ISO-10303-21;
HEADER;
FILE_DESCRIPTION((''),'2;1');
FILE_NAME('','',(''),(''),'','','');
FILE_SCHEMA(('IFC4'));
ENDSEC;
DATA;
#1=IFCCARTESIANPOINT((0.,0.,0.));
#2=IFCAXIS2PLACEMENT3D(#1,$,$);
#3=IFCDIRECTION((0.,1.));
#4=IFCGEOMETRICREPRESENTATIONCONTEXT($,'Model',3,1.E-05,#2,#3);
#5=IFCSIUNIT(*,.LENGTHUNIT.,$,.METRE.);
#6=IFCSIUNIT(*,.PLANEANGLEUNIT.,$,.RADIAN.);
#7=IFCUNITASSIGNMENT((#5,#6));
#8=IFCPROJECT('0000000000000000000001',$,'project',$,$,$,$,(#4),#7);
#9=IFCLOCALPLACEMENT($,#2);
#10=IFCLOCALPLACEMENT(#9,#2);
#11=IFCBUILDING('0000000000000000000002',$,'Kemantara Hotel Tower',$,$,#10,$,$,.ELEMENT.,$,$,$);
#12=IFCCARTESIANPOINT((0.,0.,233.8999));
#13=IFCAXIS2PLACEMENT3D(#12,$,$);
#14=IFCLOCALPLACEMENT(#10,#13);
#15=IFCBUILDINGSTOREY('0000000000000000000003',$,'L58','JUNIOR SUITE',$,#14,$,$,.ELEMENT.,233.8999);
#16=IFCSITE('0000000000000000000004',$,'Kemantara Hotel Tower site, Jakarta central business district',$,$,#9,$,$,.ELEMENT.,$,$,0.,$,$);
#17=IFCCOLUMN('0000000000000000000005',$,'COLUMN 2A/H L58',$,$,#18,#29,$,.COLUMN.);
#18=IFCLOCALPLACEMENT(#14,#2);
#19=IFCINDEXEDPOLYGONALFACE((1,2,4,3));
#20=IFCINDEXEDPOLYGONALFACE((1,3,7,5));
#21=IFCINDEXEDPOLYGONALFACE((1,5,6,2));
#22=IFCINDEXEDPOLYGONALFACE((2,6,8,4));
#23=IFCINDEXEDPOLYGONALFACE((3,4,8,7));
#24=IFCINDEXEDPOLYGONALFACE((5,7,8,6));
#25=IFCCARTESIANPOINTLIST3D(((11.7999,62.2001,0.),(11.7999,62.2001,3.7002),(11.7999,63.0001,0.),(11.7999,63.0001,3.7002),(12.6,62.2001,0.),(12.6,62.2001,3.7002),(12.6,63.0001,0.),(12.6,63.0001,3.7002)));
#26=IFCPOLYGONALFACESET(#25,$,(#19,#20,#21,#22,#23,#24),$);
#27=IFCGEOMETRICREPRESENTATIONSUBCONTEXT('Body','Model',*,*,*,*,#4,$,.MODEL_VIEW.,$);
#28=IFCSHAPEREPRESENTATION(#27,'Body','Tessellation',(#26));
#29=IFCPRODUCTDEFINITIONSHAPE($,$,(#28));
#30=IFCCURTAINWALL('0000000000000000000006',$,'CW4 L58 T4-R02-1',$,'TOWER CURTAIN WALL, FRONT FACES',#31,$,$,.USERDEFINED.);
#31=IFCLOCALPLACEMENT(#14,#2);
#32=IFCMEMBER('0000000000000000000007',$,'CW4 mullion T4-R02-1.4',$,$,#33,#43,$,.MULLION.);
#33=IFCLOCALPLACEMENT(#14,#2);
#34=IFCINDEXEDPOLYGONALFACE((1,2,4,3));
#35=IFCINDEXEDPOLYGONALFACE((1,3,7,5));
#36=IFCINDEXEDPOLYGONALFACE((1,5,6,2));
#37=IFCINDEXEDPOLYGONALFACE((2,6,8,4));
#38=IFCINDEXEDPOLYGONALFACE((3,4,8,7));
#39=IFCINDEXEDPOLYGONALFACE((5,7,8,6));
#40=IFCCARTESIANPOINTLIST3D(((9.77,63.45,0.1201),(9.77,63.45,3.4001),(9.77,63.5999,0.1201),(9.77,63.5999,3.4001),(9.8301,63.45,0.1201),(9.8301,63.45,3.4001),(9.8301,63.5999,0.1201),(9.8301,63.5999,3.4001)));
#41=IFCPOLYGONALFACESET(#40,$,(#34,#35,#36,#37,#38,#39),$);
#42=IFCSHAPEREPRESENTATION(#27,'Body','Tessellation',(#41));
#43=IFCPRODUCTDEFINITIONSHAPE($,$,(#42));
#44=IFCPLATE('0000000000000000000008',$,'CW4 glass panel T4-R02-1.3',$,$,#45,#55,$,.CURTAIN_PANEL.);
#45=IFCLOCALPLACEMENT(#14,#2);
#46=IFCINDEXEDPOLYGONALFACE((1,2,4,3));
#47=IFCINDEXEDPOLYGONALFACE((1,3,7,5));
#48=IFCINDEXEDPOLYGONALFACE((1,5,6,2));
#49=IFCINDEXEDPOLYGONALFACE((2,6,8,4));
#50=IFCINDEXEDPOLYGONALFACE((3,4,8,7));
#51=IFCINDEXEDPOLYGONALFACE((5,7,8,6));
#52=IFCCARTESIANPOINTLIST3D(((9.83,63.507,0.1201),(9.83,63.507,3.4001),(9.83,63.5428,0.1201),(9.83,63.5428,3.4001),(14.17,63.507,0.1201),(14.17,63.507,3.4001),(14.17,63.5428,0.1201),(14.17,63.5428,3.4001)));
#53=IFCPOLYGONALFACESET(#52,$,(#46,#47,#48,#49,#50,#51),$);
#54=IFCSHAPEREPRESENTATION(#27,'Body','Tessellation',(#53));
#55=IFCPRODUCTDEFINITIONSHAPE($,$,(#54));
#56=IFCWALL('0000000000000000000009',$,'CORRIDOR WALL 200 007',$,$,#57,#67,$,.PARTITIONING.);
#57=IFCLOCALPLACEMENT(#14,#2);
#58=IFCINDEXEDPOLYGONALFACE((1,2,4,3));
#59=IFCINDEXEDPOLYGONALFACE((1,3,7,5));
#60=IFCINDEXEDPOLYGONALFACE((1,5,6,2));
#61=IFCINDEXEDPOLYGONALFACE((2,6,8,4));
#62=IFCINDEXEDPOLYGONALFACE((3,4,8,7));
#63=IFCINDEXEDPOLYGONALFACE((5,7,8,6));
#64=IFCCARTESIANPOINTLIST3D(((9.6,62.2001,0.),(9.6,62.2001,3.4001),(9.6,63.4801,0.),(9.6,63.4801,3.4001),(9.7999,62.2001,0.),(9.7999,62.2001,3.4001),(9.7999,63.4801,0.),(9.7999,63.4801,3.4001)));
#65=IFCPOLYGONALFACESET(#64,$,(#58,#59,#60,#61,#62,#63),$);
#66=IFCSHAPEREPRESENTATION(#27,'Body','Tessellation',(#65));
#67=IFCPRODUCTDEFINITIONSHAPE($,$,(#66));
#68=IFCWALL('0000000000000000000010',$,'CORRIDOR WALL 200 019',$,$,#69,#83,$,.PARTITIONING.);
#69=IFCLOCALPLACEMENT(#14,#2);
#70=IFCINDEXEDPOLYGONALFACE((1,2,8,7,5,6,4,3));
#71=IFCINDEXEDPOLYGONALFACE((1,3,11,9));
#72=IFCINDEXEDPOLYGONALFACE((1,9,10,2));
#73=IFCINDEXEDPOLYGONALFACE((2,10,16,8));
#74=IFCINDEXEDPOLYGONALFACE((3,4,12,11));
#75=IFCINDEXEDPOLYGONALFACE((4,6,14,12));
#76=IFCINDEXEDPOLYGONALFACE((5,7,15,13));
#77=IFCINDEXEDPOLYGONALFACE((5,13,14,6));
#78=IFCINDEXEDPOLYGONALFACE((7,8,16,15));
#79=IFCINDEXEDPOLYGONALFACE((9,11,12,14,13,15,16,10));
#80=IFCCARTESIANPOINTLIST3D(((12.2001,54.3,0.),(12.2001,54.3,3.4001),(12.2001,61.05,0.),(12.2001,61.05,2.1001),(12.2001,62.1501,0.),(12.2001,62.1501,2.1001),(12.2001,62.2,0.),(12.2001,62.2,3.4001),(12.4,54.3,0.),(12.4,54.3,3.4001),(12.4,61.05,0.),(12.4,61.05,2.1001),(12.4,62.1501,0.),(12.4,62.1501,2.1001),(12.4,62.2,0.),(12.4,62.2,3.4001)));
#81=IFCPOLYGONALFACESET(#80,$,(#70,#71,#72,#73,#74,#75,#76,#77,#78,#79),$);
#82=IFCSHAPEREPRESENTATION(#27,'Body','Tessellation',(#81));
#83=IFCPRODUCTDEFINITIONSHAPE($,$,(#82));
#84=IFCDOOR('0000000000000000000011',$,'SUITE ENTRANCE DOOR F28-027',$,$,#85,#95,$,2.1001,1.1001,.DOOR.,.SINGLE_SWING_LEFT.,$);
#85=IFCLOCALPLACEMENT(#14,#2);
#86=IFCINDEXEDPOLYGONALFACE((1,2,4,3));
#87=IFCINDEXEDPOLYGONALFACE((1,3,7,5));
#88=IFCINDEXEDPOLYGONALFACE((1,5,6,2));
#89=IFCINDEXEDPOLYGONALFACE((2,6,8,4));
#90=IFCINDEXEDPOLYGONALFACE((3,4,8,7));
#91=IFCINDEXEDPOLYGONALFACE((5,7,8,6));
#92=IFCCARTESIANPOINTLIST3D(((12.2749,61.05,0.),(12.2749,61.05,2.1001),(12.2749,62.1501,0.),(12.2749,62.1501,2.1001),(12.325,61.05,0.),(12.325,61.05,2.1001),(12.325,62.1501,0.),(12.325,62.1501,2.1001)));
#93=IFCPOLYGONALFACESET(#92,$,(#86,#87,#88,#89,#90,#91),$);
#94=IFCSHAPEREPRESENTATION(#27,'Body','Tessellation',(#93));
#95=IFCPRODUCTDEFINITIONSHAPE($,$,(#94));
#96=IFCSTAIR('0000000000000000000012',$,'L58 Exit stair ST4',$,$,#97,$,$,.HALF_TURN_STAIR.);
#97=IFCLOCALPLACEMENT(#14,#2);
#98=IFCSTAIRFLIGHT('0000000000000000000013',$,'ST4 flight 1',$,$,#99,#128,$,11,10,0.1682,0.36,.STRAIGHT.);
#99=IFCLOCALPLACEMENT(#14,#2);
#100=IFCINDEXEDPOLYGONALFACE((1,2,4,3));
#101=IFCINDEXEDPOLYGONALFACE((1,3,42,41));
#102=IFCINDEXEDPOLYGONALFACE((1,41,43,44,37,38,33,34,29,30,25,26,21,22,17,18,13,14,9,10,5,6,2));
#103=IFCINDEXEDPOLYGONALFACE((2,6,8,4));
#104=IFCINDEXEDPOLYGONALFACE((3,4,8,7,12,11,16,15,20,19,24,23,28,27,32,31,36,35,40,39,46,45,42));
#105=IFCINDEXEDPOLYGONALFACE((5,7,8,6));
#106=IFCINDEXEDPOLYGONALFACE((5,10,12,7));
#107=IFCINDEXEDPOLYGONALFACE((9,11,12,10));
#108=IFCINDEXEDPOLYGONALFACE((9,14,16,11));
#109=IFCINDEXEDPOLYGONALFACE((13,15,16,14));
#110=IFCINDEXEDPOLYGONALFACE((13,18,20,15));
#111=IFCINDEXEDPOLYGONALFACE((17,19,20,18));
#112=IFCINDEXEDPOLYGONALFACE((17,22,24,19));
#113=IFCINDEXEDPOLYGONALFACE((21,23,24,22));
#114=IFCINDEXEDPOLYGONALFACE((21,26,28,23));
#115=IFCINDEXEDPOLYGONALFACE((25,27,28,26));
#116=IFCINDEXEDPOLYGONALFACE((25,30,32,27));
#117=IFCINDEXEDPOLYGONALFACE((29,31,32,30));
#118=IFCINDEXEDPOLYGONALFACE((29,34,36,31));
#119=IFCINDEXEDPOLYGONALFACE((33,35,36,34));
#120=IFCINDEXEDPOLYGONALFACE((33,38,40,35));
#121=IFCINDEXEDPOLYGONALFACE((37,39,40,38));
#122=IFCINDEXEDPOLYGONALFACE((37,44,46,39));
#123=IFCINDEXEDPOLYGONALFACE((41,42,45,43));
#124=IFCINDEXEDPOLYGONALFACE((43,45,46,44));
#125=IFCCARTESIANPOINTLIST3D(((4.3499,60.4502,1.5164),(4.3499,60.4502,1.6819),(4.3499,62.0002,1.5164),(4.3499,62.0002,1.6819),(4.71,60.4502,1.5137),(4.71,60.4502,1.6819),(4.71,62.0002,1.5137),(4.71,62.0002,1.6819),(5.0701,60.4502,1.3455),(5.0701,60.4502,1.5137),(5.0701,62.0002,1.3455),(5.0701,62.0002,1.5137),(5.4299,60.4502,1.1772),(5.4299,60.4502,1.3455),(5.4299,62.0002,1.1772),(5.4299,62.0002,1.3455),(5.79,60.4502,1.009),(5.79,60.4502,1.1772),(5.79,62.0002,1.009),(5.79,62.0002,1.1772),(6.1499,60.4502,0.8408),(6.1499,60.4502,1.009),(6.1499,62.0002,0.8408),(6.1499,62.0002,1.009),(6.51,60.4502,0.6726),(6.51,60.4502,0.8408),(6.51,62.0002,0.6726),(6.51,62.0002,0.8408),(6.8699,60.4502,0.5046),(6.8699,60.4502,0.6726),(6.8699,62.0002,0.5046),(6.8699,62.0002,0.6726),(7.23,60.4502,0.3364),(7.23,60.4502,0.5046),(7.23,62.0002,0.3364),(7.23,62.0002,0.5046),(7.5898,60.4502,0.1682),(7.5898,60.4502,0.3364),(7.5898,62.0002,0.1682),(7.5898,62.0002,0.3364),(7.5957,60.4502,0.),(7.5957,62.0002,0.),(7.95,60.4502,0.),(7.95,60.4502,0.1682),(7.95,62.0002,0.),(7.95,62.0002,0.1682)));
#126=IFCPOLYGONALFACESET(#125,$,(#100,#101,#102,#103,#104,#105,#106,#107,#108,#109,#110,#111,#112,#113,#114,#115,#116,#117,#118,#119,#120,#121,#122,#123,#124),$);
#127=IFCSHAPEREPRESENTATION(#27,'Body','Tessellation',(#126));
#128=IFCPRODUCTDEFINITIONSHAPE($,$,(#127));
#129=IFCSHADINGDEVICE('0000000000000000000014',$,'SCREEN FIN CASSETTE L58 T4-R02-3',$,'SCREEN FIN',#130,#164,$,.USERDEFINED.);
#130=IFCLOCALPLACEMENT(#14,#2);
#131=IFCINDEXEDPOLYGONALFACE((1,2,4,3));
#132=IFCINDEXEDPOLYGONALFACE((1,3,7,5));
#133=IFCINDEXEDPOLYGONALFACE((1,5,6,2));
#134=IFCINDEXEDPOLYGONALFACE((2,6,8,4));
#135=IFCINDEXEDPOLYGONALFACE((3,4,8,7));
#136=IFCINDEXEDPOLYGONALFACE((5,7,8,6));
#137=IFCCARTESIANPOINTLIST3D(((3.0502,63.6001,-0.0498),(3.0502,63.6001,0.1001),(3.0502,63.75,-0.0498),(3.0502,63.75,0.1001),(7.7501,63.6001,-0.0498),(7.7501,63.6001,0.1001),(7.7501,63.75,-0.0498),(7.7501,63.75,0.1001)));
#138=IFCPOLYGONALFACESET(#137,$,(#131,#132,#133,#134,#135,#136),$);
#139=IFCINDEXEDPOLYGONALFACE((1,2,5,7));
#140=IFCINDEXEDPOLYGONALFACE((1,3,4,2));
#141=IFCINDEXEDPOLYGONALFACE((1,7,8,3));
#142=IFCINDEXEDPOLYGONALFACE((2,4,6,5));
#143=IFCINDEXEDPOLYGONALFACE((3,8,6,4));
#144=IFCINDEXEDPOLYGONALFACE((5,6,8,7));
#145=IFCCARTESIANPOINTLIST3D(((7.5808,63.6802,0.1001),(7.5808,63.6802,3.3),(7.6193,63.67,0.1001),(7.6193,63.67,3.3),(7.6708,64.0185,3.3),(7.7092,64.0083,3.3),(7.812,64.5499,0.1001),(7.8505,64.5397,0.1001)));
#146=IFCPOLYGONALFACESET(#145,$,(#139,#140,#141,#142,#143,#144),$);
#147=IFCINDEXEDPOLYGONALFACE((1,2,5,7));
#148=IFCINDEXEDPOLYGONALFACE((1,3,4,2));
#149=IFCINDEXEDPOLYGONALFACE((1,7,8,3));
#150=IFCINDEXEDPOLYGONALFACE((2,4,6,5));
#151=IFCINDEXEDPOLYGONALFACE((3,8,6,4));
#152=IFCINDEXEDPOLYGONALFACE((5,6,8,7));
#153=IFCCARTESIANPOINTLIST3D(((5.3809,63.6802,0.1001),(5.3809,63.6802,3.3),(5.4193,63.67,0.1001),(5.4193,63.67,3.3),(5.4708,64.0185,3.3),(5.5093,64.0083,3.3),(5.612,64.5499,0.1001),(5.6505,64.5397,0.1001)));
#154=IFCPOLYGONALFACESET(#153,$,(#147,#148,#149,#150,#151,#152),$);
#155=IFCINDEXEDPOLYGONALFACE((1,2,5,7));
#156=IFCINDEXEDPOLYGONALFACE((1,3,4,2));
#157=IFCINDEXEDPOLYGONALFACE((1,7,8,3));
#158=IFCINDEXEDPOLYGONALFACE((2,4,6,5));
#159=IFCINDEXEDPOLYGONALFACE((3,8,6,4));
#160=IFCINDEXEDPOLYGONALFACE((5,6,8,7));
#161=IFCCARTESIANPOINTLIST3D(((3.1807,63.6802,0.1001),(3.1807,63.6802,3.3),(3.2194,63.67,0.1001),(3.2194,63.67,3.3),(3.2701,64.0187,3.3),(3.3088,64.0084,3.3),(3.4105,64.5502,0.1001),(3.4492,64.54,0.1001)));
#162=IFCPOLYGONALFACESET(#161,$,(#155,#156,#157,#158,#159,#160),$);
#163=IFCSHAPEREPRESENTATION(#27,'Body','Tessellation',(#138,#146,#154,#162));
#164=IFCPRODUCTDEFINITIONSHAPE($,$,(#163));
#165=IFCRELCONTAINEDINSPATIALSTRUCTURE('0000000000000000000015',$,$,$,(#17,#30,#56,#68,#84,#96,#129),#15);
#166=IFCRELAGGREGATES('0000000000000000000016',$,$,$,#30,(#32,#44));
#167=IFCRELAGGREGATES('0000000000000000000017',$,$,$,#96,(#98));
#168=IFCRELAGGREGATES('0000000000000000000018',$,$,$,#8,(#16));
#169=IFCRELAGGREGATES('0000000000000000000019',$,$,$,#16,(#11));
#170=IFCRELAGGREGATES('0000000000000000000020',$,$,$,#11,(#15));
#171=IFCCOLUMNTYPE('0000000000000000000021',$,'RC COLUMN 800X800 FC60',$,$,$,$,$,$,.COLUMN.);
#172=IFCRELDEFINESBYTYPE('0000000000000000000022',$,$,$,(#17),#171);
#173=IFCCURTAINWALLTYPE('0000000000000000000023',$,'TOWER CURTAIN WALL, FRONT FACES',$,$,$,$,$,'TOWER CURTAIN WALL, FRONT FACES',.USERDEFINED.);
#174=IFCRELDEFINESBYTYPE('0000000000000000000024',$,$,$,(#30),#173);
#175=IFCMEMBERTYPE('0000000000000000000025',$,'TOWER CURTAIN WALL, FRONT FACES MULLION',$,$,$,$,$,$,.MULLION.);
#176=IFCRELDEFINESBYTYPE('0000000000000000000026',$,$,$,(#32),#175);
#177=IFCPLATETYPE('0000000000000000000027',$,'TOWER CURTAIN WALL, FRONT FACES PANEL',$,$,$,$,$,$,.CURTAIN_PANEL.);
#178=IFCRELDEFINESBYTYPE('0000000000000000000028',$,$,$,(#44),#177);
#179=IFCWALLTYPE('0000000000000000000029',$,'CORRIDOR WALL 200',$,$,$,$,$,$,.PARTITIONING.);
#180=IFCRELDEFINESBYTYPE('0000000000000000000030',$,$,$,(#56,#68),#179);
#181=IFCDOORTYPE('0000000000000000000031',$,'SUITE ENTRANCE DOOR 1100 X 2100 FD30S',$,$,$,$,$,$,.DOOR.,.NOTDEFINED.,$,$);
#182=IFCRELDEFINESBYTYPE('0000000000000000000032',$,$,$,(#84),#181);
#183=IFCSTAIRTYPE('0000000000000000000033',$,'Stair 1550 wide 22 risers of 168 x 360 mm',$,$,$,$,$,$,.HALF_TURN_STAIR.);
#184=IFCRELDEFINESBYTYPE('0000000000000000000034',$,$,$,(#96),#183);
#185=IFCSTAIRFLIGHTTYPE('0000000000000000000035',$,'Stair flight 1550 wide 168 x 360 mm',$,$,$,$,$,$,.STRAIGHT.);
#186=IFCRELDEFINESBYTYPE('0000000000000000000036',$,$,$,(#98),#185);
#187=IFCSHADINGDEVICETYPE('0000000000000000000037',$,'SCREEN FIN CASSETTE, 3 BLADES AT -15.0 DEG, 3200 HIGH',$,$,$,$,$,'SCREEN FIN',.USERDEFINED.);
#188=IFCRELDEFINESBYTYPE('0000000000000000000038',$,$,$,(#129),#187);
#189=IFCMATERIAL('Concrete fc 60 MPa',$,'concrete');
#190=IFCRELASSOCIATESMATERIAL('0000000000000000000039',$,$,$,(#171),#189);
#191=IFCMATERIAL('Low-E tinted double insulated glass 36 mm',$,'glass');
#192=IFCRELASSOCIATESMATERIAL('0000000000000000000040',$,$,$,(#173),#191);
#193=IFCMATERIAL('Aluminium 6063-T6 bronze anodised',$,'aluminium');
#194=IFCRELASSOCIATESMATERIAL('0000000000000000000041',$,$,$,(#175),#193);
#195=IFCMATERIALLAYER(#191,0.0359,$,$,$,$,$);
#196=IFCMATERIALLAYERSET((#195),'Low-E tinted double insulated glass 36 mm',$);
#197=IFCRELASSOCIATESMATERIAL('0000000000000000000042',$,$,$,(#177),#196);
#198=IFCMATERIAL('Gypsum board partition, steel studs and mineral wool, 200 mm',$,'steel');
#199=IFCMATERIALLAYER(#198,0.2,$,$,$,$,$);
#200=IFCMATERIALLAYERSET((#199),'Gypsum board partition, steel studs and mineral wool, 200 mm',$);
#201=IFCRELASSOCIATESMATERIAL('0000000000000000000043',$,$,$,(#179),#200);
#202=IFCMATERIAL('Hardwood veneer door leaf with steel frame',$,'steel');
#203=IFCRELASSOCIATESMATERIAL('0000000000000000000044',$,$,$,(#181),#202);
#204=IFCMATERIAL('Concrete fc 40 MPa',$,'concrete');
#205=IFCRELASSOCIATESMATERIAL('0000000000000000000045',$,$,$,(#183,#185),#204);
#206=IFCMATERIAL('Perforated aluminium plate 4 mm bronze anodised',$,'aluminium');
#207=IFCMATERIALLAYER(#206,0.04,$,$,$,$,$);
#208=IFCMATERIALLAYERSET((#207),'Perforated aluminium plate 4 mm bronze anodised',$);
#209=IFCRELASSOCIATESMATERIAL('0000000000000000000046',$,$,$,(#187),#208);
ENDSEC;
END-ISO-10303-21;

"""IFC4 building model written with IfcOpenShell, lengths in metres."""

from ifc_helpers import new_model, si_unit, direction, frame, frame_2d, origin, origin_2d, place, context, subcontext, project, spatial, polyline, rectangle, outline, extrude, source, transform, mapped, material, layer, layer_set, material_profile, profile_set, type_object, element, fill, aggregate, save


model = new_model("IFC4")

# Units and contexts
model_context = context("Model", 3, precision=1e-05, world=origin(), true_north=direction((0.0, 1.0)))
body_context = subcontext(model_context, "Body", "Model", "MODEL_VIEW")
ifc_project = project(units=[si_unit("LENGTHUNIT", "METRE"), si_unit("PLANEANGLEUNIT", "RADIAN")], contexts=[model_context])

# Site, building, storey
site_placement = place(None, origin())
site = spatial("IfcSite", under=ifc_project, at=site_placement, Name="Kemantara Hotel Tower site, Jakarta central business district", CompositionType="ELEMENT", RefElevation=0.0)
building_placement = place(site_placement, origin())
building = spatial("IfcBuilding", under=site, at=building_placement, Name="Kemantara Hotel Tower", CompositionType="ELEMENT")
storey_placement = place(building_placement, frame((0.0, 0.0, 233.8999)))
storey = spatial("IfcBuildingStorey", under=building, at=storey_placement, Name="L58", Description="JUNIOR SUITE", CompositionType="ELEMENT", Elevation=233.8999)

# Column
ifc_material_1 = material(Name="Concrete fc 60 MPa", Category="concrete")
ifc_material_profile_1 = material_profile(ifc_material_1, rectangle(XDim=0.8, YDim=0.8, at=origin_2d()), Name="RC 800X800")
ifc_profile_set_1 = profile_set([ifc_material_profile_1], Name="Concrete fc 60 MPa")
column_type = type_object("IfcColumnType", Name="RC COLUMN 800X800 FC60", PredefinedType="COLUMN", material=ifc_profile_set_1)
column_placement = place(storey_placement, frame((12.2, 62.6001, 0.0), z_axis=(0.0, 0.0, 1.0), x_axis=(1.0, 0.0, 0.0)))
element("IfcColumn", 1, at=column_placement, inside=storey, type_object=column_type, Name="COLUMN 2A/H L58", PredefinedType="COLUMN", context=body_context, shape_type="SweptSolid", body=[
    extrude(rectangle(XDim=0.8, YDim=0.8, at=origin_2d()), origin(), (0.0, 0.0, 1.0), 3.7002),
])

# Curtain wall, member, plate
ifc_material_2 = material(Name="Low-E tinted double insulated glass 36 mm", Category="glass")
curtain_wall_type = type_object("IfcCurtainWallType", Name="TOWER CURTAIN WALL, FRONT FACES", ElementType="TOWER CURTAIN WALL, FRONT FACES", PredefinedType="USERDEFINED", material=ifc_material_2)
curtain_wall_placement = place(storey_placement, origin())
curtain_wall = element("IfcCurtainWall", 2, at=curtain_wall_placement, inside=storey, type_object=curtain_wall_type, Name="CW4 L58 T4-R02-1", ObjectType="TOWER CURTAIN WALL, FRONT FACES", PredefinedType="USERDEFINED")
ifc_material_3 = material(Name="Aluminium 6063-T6 bronze anodised", Category="aluminium")
ifc_material_profile_2 = material_profile(ifc_material_3, rectangle(XDim=0.1499, YDim=0.0601, at=origin_2d()), Name="TOWER CURTAIN WALL, FRONT FACES MULLION")
ifc_profile_set_2 = profile_set([ifc_material_profile_2], Name="Aluminium 6063-T6 bronze anodised")
member_type = type_object("IfcMemberType", Name="TOWER CURTAIN WALL, FRONT FACES MULLION", PredefinedType="MULLION", material=ifc_profile_set_2)
shared_shape_1 = source(origin(), body_context, "Body", "SweptSolid", [
    extrude(rectangle(XDim=0.1499, YDim=0.0601, at=origin_2d()), origin(), (0.0, 0.0, 1.0), 3.28),
])
member_placement = place(storey_placement, frame((9.8, 63.5249, 0.1201), z_axis=(0.0, 0.0, 1.0), x_axis=(0.0, -1.0, 0.0)))
member = element("IfcMember", 3, at=member_placement, type_object=member_type, Name="CW4 mullion T4-R02-1.4", PredefinedType="MULLION", context=body_context, shape_type="MappedRepresentation", body=[
    mapped(shared_shape_1, transform((0.0, 0.0, 0.0))),
])
ifc_layer_1 = layer(ifc_material_2, 0.0359)
ifc_layer_set_1 = layer_set([ifc_layer_1], Name="Low-E tinted double insulated glass 36 mm")
plate_type = type_object("IfcPlateType", Name="TOWER CURTAIN WALL, FRONT FACES PANEL", PredefinedType="CURTAIN_PANEL", material=ifc_layer_set_1)
shared_shape_2 = source(origin(), body_context, "Body", "SweptSolid", [
    extrude(rectangle(XDim=4.3401, YDim=0.0359, at=origin_2d()), origin(), (0.0, 0.0, 1.0), 3.28),
])
plate_placement = place(storey_placement, frame((12.0, 63.5249, 0.1201), z_axis=(0.0, 0.0, 1.0), x_axis=(-1.0, 0.0, 0.0)))
plate = element("IfcPlate", 4, at=plate_placement, type_object=plate_type, Name="CW4 glass panel T4-R02-1.3", PredefinedType="CURTAIN_PANEL", context=body_context, shape_type="MappedRepresentation", body=[
    mapped(shared_shape_2, transform((0.0, 0.0, 0.0))),
])
aggregate(curtain_wall, [member, plate])

# Wall
ifc_material_4 = material(Name="Gypsum board partition, steel studs and mineral wool, 200 mm", Category="steel")
ifc_layer_2 = layer(ifc_material_4, 0.2)
ifc_layer_set_2 = layer_set([ifc_layer_2], Name="Gypsum board partition, steel studs and mineral wool, 200 mm")
wall_type = type_object("IfcWallType", Name="CORRIDOR WALL 200", PredefinedType="PARTITIONING", material=ifc_layer_set_2)
wall_1_placement = place(storey_placement, frame((9.7, 62.2, 0.0), z_axis=(0.0, 0.0, 1.0), x_axis=(0.0, 1.0, 0.0)))
element("IfcWall", 5, at=wall_1_placement, inside=storey, type_object=wall_type, Name="CORRIDOR WALL 200 007", PredefinedType="PARTITIONING", context=body_context, shape_type="SweptSolid", body=[
    extrude(rectangle(XDim=1.28, YDim=0.2, at=frame_2d((0.6401, 0.0))), origin(), (0.0, 0.0, 1.0), 3.4001),
])

# Wall, opening, door
wall_2_placement = place(storey_placement, frame((12.3, 62.2, 0.0), z_axis=(0.0, 0.0, 1.0), x_axis=(0.0, -1.0, 0.0)))
wall_2 = element("IfcWall", 6, at=wall_2_placement, inside=storey, type_object=wall_type, Name="CORRIDOR WALL 200 019", PredefinedType="PARTITIONING", context=body_context, shape_type="SweptSolid", body=[
    extrude(rectangle(XDim=7.8999, YDim=0.2, at=frame_2d((3.95, 0.0))), origin(), (0.0, 0.0, 1.0), 3.4001),
])
opening_placement = place(wall_2_placement, frame((0.0498, 0.0, 0.0)))
opening = element("IfcOpeningElement", 7, at=opening_placement, cuts=wall_2, PredefinedType="OPENING", context=body_context, shape_type="SweptSolid", body=[
    extrude(rectangle(XDim=1.1001, YDim=2.1001, at=frame_2d((0.55, 1.05))), frame((0.0, 0.1099, 0.0), z_axis=(0.0, -1.0, 0.0), x_axis=(1.0, 0.0, 0.0)), (0.0, 0.0, 1.0), 0.22),
])
ifc_material_5 = material(Name="Hardwood veneer door leaf with steel frame", Category="steel")
door_type = type_object("IfcDoorType", Name="SUITE ENTRANCE DOOR 1100 X 2100 FD30S", OperationType="NOTDEFINED", PredefinedType="DOOR", material=ifc_material_5)
door_placement = place(opening_placement, origin())
door = element("IfcDoor", 8, at=door_placement, inside=storey, type_object=door_type, Name="SUITE ENTRANCE DOOR F28-027", OperationType="SINGLE_SWING_LEFT", OverallHeight=2.1001, OverallWidth=1.1001, PredefinedType="DOOR", context=body_context, shape_type="SweptSolid", body=[
    extrude(rectangle(XDim=1.1001, YDim=2.1001, at=frame_2d((0.55, 1.05))), frame((0.0, 0.0249, 0.0), z_axis=(0.0, -1.0, 0.0), x_axis=(1.0, 0.0, 0.0)), (0.0, 0.0, 1.0), 0.05),
])
fill(opening, door)

# Stair, stair flight
ifc_material_6 = material(Name="Concrete fc 40 MPa", Category="concrete")
stair_type = type_object("IfcStairType", Name="Stair 1550 wide 22 risers of 168 x 360 mm", PredefinedType="HALF_TURN_STAIR", material=ifc_material_6)
stair_placement = place(storey_placement, origin())
stair = element("IfcStair", 9, at=stair_placement, inside=storey, type_object=stair_type, Name="L58 Exit stair ST4", PredefinedType="HALF_TURN_STAIR")
stair_flight_type = type_object("IfcStairFlightType", Name="Stair flight 1550 wide 168 x 360 mm", PredefinedType="STRAIGHT", material=ifc_material_6)
stair_flight_placement = place(storey_placement, frame((7.95, 61.2251, 0.0), z_axis=(0.0, 0.0, 1.0), x_axis=(-1.0, 0.0, 0.0)))
stair_flight = element("IfcStairFlight", 10, at=stair_flight_placement, type_object=stair_flight_type, Name="ST4 flight 1", NumberOfRisers=11, NumberOfTreads=10, PredefinedType="STRAIGHT", RiserHeight=0.1682, TreadLength=0.36, context=body_context, shape_type="SweptSolid", body=[
    extrude(outline(polyline([(0.0, 0.0), (0.0, 0.1682), (0.3601, 0.1682), (0.3601, 0.3364), (0.72, 0.3364), (0.72, 0.5046), (1.0801, 0.5046), (1.0801, 0.6726), (1.4399, 0.6726), (1.4399, 0.8408), (1.8, 0.8408), (1.8, 1.009), (2.1599, 1.009), (2.1599, 1.1772), (2.52, 1.1772), (2.52, 1.3455), (2.8799, 1.3455), (2.8799, 1.5137), (3.24, 1.5137), (3.24, 1.6819), (3.6001, 1.6819), (3.6001, 1.8501), (3.6001, 1.5164), (0.3542, 0.0), (0.0, 0.0)])), frame((0.0, 0.7749, 0.0), z_axis=(0.0, -1.0, 0.0), x_axis=(1.0, 0.0, 0.0)), (0.0, 0.0, 1.0), 1.55),
])
aggregate(stair, [stair_flight])

# Shading device
ifc_material_7 = material(Name="Perforated aluminium plate 4 mm bronze anodised", Category="aluminium")
ifc_layer_3 = layer(ifc_material_7, 0.04)
ifc_layer_set_3 = layer_set([ifc_layer_3], Name="Perforated aluminium plate 4 mm bronze anodised")
shading_device_type = type_object("IfcShadingDeviceType", Name="SCREEN FIN CASSETTE, 3 BLADES AT -15.0 DEG, 3200 HIGH", ElementType="SCREEN FIN", PredefinedType="USERDEFINED", material=ifc_layer_set_3)
shared_shape_3 = source(origin(), body_context, "Body", "SweptSolid", [
    extrude(rectangle(XDim=4.7, YDim=0.1499, at=origin_2d()), frame((2.2, -0.075, -0.1499), z_axis=(0.0, 0.0, 1.0), x_axis=(1.0, 0.0, 0.0)), (0.0, 0.0, 1.0), 0.1499),
    extrude(outline(polyline([(0.0, 0.0), (0.8999, 0.0), (0.3501, 3.2), (0.0, 3.2), (0.0, 0.0)])), frame((0.0193, -0.0801, 0.0), z_axis=(-0.966438, 0.256901, 0.0), x_axis=(-0.256901, -0.966438, 0.0)), (0.0, 0.0, 1.0), 0.0398),
    extrude(outline(polyline([(0.0, 0.0), (0.8999, 0.0), (0.3501, 3.2), (0.0, 3.2), (0.0, 0.0)])), frame((2.2192, -0.0801, 0.0), z_axis=(-0.966438, 0.256901, 0.0), x_axis=(-0.256901, -0.966438, 0.0)), (0.0, 0.0, 1.0), 0.0398),
    extrude(outline(polyline([(0.0, 0.0), (0.8999, 0.0), (0.3501, 3.2), (0.0, 3.2), (0.0, 0.0)])), frame((4.4194, -0.0801, 0.0), z_axis=(-0.966838, 0.255391, 0.0), x_axis=(-0.255391, -0.966838, 0.0)), (0.0, 0.0, 1.0), 0.04),
])
shading_device_placement = place(storey_placement, frame((7.6001, 63.6001, 0.1001), z_axis=(0.0, 0.0, 1.0), x_axis=(-1.0, 0.0, 0.0)))
element("IfcShadingDevice", 11, at=shading_device_placement, inside=storey, type_object=shading_device_type, Name="SCREEN FIN CASSETTE L58 T4-R02-3", ObjectType="SCREEN FIN", PredefinedType="USERDEFINED", context=body_context, shape_type="MappedRepresentation", body=[
    mapped(shared_shape_3, transform((0.0, 0.0, 0.0))),
])

save(model, "model.ifc")
